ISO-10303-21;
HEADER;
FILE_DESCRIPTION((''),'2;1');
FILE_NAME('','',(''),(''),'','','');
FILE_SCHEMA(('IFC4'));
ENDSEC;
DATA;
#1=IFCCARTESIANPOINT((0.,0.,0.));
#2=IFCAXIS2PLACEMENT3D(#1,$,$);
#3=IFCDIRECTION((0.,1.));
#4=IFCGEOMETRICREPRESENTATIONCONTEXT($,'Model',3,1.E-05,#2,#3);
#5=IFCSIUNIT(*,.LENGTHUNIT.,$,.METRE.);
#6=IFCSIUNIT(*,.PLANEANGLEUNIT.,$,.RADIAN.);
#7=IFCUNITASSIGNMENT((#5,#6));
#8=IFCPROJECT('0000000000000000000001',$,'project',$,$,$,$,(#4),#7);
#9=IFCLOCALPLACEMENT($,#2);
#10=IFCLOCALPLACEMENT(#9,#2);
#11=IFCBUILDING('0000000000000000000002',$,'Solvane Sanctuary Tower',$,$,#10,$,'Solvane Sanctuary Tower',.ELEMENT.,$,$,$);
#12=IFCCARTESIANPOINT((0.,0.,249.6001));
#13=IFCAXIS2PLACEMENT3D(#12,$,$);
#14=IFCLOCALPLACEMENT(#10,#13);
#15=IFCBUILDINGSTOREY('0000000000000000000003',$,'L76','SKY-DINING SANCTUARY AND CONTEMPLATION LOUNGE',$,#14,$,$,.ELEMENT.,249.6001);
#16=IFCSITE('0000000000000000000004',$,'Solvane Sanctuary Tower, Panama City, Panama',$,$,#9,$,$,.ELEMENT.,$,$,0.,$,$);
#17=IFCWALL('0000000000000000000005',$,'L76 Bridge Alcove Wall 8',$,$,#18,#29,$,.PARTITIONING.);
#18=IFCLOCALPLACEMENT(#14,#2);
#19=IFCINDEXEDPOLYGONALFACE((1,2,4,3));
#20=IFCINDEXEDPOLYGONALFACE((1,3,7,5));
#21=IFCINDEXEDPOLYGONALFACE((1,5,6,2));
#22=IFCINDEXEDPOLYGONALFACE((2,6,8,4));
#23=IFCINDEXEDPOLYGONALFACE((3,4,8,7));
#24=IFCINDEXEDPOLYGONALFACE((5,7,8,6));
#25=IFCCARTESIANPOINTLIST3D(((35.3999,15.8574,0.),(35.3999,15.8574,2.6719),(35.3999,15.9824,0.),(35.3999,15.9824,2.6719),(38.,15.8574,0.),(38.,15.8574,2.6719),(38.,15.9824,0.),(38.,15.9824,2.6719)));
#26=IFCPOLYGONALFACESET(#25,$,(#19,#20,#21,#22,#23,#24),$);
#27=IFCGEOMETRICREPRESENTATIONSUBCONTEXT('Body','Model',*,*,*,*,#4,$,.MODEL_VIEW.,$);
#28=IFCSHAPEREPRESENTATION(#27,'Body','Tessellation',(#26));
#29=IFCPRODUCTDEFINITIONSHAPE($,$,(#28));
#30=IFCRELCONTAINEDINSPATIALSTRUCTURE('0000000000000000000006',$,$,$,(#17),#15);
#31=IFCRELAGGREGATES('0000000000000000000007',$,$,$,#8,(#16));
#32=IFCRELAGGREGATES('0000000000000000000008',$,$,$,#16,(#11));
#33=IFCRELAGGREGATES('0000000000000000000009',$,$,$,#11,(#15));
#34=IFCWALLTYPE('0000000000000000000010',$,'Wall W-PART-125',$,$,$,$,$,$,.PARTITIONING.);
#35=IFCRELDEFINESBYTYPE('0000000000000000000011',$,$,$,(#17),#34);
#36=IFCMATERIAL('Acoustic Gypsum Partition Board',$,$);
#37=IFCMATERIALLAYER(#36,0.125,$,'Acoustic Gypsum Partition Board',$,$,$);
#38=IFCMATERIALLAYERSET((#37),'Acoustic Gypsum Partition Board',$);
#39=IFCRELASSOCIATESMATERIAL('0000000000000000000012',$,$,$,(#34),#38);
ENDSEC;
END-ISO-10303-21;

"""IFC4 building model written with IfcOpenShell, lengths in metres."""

from ifc_helpers import new_model, si_unit, direction, frame, frame_2d, origin, place, context, subcontext, project, spatial, rectangle, extrude, material, layer, layer_set, type_object, element, save


model = new_model("IFC4")

# Units and contexts
model_context = context("Model", 3, precision=1e-05, world=origin(), true_north=direction((0.0, 1.0)))
body_context = subcontext(model_context, "Body", "Model", "MODEL_VIEW")
ifc_project = project(units=[si_unit("LENGTHUNIT", "METRE"), si_unit("PLANEANGLEUNIT", "RADIAN")], contexts=[model_context])

# Site, building, storey
site_placement = place(None, origin())
site = spatial("IfcSite", under=ifc_project, at=site_placement, Name="Solvane Sanctuary Tower, Panama City, Panama", CompositionType="ELEMENT", RefElevation=0.0)
building_placement = place(site_placement, origin())
building = spatial("IfcBuilding", under=site, at=building_placement, Name="Solvane Sanctuary Tower", LongName="Solvane Sanctuary Tower", CompositionType="ELEMENT")
storey_placement = place(building_placement, frame((0.0, 0.0, 249.6001)))
storey = spatial("IfcBuildingStorey", under=building, at=storey_placement, Name="L76", Description="SKY-DINING SANCTUARY AND CONTEMPLATION LOUNGE", CompositionType="ELEMENT", Elevation=249.6001)

# Shared definitions
ifc_material_1 = material(Name="Acoustic Gypsum Partition Board")

# Wall
ifc_layer_1 = layer(ifc_material_1, 0.125, Name="Acoustic Gypsum Partition Board")
ifc_layer_set_1 = layer_set([ifc_layer_1], Name="Acoustic Gypsum Partition Board")
wall_type_1 = type_object("IfcWallType", Name="Wall W-PART-125", PredefinedType="PARTITIONING", material=ifc_layer_set_1)
wall_1_placement = place(storey_placement, frame((35.3999, 15.9199, 0.0), z_axis=(0.0, 0.0, 1.0), x_axis=(1.0, 0.0, 0.0)))
element("IfcWall", 1, at=wall_1_placement, inside=storey, type_object=wall_type_1, Name="L76 Bridge Alcove Wall 8", PredefinedType="PARTITIONING", context=body_context, shape_type="SweptSolid", body=[
    extrude(rectangle(XDim=2.6001, YDim=0.125, at=frame_2d((1.3, 0.0))), origin(), (0.0, 0.0, 1.0), 2.6719),
])

save(model, "model.ifc")
